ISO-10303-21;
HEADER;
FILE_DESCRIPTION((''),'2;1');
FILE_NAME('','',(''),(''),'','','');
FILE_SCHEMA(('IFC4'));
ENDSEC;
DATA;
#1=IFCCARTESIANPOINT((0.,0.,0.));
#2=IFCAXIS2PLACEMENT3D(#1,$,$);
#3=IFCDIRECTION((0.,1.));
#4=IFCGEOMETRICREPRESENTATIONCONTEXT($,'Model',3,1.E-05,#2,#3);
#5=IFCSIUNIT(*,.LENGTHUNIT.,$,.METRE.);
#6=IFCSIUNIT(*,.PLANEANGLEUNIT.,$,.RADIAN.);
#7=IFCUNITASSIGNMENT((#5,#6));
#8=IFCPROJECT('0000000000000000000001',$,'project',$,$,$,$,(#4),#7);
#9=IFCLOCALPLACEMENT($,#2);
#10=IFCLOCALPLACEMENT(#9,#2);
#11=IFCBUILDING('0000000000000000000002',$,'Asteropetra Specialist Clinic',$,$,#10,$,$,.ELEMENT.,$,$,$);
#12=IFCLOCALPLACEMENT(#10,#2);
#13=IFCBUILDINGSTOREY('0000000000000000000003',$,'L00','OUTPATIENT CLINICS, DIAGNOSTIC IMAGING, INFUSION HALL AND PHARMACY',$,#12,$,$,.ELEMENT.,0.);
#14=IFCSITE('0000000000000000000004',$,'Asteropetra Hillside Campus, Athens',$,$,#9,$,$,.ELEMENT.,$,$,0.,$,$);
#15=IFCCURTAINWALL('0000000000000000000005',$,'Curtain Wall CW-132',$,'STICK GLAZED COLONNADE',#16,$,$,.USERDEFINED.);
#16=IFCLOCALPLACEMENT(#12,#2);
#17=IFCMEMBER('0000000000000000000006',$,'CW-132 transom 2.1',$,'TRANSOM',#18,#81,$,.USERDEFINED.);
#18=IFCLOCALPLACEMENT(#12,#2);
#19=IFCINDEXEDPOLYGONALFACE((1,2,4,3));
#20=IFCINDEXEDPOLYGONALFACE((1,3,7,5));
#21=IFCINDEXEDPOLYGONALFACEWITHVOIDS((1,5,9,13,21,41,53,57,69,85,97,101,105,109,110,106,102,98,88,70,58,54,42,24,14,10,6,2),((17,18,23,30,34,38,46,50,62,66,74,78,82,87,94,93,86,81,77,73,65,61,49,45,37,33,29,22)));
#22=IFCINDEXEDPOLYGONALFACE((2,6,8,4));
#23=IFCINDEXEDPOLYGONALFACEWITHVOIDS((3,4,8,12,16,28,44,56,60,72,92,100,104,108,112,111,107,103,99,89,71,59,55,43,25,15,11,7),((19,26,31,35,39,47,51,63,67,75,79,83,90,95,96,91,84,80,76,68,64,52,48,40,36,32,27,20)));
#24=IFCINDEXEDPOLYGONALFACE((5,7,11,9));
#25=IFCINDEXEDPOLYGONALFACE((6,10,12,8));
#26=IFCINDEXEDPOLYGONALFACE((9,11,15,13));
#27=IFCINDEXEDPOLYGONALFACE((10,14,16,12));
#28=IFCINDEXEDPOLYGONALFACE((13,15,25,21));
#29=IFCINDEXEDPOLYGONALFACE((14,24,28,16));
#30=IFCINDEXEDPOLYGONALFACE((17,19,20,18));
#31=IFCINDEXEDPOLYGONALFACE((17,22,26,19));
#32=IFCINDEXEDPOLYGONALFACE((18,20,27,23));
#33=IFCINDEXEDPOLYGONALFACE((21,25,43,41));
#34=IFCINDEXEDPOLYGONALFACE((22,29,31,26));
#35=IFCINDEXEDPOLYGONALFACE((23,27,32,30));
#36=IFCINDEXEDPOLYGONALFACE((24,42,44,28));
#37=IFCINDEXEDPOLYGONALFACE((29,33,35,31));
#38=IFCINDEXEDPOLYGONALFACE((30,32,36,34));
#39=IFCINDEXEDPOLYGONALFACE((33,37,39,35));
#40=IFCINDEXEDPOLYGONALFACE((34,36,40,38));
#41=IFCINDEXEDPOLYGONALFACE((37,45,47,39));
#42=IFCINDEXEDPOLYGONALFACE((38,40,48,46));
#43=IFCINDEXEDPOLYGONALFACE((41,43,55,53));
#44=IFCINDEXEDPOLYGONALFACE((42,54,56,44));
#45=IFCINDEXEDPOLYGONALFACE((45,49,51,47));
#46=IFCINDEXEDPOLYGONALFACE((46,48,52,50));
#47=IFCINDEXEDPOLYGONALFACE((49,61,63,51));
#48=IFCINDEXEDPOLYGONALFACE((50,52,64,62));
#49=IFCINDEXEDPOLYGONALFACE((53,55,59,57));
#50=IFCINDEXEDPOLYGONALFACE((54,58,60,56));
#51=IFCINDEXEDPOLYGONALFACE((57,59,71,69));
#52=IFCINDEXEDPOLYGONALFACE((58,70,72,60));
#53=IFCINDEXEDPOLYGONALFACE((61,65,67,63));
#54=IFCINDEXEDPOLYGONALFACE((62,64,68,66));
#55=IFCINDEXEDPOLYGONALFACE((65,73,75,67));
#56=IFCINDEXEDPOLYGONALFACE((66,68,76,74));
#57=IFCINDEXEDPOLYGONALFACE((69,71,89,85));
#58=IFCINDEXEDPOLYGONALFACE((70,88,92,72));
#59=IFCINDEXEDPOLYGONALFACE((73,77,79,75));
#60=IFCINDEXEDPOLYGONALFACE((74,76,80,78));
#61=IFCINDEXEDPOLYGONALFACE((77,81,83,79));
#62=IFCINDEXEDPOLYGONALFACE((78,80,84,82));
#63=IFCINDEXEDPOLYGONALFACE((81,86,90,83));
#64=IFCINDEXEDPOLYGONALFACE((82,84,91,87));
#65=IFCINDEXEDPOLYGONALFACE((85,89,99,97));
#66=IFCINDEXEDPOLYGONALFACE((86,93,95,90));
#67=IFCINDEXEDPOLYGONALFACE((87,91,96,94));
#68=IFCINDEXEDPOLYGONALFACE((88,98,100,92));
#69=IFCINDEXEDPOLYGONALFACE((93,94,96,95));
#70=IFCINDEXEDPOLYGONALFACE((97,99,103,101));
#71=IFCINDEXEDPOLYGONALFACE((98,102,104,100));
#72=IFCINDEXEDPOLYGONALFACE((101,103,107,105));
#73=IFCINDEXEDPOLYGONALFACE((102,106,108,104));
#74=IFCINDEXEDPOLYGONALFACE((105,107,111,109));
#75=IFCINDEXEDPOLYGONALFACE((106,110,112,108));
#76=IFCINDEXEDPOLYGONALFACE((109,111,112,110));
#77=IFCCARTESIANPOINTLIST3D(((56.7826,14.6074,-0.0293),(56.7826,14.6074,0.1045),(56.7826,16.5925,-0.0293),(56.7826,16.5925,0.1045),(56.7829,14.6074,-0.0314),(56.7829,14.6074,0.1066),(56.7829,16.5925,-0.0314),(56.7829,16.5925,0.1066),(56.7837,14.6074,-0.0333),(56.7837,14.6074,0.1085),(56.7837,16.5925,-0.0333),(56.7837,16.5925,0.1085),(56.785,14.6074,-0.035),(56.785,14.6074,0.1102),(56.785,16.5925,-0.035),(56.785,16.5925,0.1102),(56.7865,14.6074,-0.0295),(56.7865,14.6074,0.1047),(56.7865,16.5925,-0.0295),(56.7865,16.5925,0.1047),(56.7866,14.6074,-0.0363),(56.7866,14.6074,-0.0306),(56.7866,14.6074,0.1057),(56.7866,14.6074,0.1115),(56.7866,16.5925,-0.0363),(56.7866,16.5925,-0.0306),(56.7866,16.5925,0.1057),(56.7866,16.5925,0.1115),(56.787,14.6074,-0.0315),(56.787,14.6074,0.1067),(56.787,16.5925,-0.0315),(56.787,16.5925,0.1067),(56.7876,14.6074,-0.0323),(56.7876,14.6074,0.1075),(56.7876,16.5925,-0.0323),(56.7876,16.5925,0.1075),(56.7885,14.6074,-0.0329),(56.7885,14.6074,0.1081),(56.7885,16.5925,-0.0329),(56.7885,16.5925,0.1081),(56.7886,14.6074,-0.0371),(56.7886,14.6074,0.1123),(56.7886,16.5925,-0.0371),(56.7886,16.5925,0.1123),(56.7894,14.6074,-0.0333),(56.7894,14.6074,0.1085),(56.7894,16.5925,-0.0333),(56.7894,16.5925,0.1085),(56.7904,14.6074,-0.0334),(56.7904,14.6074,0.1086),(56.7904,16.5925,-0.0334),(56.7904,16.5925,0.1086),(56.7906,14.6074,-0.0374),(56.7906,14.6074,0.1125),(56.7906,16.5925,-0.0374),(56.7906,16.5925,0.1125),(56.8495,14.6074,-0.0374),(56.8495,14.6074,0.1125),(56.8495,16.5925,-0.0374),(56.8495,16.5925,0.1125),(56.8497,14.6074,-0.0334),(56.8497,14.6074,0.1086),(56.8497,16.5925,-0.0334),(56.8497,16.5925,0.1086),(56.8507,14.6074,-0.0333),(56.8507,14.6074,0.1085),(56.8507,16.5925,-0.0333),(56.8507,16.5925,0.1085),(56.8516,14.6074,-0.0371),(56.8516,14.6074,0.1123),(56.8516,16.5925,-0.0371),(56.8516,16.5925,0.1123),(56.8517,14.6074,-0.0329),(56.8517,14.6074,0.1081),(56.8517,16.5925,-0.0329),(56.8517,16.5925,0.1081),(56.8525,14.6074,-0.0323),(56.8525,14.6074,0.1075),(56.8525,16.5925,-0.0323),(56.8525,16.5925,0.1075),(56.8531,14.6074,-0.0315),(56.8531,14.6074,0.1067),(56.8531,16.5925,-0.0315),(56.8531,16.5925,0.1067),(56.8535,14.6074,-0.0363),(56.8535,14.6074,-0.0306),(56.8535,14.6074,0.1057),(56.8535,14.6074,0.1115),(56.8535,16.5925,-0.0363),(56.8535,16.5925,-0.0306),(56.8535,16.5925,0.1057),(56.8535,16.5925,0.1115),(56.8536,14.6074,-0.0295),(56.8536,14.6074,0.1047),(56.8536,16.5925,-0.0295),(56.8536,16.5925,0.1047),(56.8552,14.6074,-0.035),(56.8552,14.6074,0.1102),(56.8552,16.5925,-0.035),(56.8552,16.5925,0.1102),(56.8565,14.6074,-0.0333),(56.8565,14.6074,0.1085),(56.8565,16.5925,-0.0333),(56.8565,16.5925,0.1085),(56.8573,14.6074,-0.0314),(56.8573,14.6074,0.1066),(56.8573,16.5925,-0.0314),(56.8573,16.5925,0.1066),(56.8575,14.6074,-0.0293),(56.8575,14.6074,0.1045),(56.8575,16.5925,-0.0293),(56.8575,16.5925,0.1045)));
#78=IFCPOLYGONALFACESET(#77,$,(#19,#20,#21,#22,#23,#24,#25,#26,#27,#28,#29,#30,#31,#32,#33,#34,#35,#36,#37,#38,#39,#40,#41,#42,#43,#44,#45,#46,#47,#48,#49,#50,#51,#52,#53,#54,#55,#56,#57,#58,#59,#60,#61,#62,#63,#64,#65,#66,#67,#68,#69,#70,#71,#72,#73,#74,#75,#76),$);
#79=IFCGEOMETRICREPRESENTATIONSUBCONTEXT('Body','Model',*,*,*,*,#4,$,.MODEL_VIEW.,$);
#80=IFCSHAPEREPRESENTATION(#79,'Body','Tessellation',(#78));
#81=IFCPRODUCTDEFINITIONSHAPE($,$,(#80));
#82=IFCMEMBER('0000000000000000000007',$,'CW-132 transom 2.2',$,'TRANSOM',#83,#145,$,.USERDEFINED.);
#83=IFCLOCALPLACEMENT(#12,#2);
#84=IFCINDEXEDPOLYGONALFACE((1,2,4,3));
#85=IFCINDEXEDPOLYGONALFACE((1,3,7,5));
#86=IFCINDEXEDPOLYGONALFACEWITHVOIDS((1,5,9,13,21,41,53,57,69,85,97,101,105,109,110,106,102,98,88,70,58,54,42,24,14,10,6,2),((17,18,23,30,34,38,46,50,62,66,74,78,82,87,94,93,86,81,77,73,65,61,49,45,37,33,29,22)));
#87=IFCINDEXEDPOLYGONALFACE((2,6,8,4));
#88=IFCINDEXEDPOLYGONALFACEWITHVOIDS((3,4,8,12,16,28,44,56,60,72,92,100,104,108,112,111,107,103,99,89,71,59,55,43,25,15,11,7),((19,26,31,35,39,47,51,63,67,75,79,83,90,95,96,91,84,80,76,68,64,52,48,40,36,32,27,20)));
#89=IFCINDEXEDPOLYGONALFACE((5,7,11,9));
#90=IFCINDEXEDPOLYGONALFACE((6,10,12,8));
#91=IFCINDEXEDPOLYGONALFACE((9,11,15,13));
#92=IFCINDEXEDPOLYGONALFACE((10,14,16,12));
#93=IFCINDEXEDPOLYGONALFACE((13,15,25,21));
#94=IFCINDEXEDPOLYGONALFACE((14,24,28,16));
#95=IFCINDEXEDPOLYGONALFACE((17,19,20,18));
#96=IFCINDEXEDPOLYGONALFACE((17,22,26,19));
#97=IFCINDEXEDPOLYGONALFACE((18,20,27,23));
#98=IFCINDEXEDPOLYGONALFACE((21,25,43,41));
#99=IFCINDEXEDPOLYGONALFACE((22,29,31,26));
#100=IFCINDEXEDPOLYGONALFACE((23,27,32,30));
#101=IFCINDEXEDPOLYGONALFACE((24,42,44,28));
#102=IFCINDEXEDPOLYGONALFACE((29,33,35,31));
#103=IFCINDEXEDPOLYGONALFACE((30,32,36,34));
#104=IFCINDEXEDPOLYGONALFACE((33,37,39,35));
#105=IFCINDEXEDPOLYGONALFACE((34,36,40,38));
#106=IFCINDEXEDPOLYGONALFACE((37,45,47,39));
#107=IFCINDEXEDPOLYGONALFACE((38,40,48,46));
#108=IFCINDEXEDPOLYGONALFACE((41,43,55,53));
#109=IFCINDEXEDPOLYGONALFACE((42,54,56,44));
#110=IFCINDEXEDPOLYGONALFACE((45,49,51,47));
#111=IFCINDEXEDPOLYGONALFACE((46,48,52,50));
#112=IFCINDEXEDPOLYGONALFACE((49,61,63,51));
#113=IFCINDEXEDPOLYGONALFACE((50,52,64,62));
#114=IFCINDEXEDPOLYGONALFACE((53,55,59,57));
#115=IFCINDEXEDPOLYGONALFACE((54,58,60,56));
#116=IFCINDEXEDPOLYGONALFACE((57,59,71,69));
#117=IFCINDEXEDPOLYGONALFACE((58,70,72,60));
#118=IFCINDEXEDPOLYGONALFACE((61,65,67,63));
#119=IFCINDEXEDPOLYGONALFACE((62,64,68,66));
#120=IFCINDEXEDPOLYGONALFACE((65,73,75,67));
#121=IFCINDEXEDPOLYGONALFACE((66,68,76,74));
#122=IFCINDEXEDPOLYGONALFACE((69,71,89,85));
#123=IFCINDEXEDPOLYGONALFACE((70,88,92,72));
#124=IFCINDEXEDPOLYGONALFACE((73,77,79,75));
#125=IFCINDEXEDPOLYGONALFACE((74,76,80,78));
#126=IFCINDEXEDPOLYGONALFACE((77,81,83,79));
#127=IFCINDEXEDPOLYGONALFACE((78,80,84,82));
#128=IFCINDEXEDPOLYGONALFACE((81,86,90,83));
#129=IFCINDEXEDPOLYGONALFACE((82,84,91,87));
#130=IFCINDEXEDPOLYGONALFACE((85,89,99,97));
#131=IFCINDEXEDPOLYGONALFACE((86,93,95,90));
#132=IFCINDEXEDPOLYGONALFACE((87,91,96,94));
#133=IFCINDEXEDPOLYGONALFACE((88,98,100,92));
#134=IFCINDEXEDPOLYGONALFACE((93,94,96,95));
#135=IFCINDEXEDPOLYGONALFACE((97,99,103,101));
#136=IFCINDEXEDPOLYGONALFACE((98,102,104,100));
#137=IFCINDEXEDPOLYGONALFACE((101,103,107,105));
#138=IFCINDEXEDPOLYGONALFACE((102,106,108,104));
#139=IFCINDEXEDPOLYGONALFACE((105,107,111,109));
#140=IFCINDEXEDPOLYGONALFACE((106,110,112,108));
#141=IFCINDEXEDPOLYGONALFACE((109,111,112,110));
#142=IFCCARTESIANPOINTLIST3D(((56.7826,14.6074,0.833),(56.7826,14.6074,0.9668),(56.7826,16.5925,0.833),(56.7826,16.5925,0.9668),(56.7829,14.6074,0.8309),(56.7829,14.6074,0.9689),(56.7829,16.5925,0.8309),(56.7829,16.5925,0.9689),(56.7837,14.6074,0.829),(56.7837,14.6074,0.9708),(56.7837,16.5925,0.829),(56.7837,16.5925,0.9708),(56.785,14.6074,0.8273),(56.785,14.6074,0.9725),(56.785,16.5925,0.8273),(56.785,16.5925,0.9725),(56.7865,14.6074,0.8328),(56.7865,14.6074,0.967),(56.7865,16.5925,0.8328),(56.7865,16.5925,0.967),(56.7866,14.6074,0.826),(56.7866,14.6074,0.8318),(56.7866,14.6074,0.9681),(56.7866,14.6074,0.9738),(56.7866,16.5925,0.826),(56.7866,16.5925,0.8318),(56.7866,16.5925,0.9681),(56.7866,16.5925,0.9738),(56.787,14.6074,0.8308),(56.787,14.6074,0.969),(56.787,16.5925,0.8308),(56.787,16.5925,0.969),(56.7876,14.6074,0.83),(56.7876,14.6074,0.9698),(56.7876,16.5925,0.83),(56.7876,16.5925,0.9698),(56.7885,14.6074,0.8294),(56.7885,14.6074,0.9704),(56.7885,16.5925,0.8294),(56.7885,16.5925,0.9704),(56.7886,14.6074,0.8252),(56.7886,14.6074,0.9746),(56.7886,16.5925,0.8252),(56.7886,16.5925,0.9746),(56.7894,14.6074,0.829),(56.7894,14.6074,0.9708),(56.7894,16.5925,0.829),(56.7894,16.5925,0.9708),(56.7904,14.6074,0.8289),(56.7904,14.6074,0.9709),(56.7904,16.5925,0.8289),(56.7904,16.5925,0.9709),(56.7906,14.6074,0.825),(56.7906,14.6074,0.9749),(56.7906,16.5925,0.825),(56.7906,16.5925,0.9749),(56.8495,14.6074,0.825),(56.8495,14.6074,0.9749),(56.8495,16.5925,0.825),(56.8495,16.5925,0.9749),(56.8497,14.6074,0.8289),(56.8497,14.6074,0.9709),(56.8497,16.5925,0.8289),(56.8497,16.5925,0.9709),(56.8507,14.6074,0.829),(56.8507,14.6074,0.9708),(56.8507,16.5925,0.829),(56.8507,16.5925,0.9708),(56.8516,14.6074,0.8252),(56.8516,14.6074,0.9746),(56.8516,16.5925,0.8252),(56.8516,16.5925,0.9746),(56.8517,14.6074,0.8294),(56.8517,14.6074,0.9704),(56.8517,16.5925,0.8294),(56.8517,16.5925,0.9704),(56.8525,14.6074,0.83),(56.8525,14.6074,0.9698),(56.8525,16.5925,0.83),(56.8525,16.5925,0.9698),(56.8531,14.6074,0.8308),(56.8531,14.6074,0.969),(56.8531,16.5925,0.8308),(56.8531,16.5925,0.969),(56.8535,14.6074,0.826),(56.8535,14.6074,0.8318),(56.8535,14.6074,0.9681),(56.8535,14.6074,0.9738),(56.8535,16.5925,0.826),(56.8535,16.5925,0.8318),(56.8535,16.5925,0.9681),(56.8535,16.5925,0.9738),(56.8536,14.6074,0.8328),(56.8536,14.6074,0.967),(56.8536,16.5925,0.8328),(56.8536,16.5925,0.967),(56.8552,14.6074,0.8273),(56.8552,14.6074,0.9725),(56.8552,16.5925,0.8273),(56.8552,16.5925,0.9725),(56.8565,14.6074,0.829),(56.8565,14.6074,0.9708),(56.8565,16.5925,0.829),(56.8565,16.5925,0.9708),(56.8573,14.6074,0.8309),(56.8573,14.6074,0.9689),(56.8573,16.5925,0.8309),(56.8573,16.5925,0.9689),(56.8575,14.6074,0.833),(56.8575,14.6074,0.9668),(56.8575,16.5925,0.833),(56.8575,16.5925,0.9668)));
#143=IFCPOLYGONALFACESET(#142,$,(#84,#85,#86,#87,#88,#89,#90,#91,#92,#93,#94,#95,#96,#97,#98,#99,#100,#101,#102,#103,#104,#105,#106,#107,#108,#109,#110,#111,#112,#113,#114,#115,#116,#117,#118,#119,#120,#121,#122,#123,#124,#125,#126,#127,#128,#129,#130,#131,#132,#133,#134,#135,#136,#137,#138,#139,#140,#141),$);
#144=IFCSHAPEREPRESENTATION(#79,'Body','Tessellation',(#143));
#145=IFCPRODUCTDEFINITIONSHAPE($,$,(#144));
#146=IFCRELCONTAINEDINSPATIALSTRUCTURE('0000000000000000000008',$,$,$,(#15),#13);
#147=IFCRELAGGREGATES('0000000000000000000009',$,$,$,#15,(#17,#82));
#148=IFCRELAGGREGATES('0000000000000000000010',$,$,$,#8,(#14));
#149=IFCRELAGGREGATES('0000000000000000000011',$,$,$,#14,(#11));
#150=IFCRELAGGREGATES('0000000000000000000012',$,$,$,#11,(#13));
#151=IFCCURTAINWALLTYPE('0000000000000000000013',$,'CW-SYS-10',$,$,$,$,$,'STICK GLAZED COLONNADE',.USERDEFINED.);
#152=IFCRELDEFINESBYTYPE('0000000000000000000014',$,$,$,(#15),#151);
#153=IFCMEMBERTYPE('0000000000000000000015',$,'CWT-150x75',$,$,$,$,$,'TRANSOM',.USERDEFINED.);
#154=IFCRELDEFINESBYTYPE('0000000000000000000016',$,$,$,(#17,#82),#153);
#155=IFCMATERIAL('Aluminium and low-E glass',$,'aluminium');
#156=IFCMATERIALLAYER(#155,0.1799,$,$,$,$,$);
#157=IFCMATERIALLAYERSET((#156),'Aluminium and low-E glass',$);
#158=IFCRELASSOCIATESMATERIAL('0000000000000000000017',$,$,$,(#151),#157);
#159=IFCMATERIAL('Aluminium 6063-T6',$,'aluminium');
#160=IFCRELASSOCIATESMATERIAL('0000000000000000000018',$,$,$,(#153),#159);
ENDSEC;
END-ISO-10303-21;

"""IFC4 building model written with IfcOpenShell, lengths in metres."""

from ifc_helpers import new_model, si_unit, direction, frame, origin, origin_2d, place, context, subcontext, project, spatial, hollow_rectangle, extrude, material, layer, layer_set, material_profile, profile_set, type_object, element, aggregate, save


model = new_model("IFC4")

# Units and contexts
model_context = context("Model", 3, precision=1e-05, world=origin(), true_north=direction((0.0, 1.0)))
body_context = subcontext(model_context, "Body", "Model", "MODEL_VIEW")
ifc_project = project(units=[si_unit("LENGTHUNIT", "METRE"), si_unit("PLANEANGLEUNIT", "RADIAN")], contexts=[model_context])

# Site, building, storey
site_placement = place(None, origin())
site = spatial("IfcSite", under=ifc_project, at=site_placement, Name="Asteropetra Hillside Campus, Athens", CompositionType="ELEMENT", RefElevation=0.0)
building_placement = place(site_placement, origin())
building = spatial("IfcBuilding", under=site, at=building_placement, Name="Asteropetra Specialist Clinic", CompositionType="ELEMENT")
storey_placement = place(building_placement, origin())
storey = spatial("IfcBuildingStorey", under=building, at=storey_placement, Name="L00", Description="OUTPATIENT CLINICS, DIAGNOSTIC IMAGING, INFUSION HALL AND PHARMACY", CompositionType="ELEMENT", Elevation=0.0)

# Curtain wall, members
ifc_material_1 = material(Name="Aluminium and low-E glass", Category="aluminium")
ifc_layer_1 = layer(ifc_material_1, 0.1799)
ifc_layer_set_1 = layer_set([ifc_layer_1], Name="Aluminium and low-E glass")
curtain_wall_type = type_object("IfcCurtainWallType", Name="CW-SYS-10", ElementType="STICK GLAZED COLONNADE", PredefinedType="USERDEFINED", material=ifc_layer_set_1)
curtain_wall_placement = place(storey_placement, origin())
curtain_wall = element("IfcCurtainWall", 1, at=curtain_wall_placement, inside=storey, type_object=curtain_wall_type, Name="Curtain Wall CW-132", ObjectType="STICK GLAZED COLONNADE", PredefinedType="USERDEFINED")
ifc_material_2 = material(Name="Aluminium 6063-T6", Category="aluminium")
ifc_material_profile_1 = material_profile(ifc_material_2, hollow_rectangle(XDim=0.075, YDim=0.1499, WallThickness=0.0039, InnerFilletRadius=0.0039, OuterFilletRadius=0.0081, at=origin_2d()), Name="TRN 150x75x4.0")
ifc_profile_set_1 = profile_set([ifc_material_profile_1], Name="Aluminium 6063-T6")
member_type_1 = type_object("IfcMemberType", Name="CWT-150x75", ElementType="TRANSOM", PredefinedType="USERDEFINED", material=ifc_profile_set_1)
member_1_placement = place(storey_placement, frame((56.8201, 14.6074, 0.0376), z_axis=(0.0, 1.0, 0.0), x_axis=(-1.0, 0.0, 0.0)))
member_1 = element("IfcMember", 2, at=member_1_placement, type_object=member_type_1, Name="CW-132 transom 2.1", ObjectType="TRANSOM", PredefinedType="USERDEFINED", context=body_context, shape_type="SweptSolid", body=[
    extrude(hollow_rectangle(XDim=0.075, YDim=0.1499, WallThickness=0.0039, InnerFilletRadius=0.0039, OuterFilletRadius=0.0081, at=origin_2d()), origin(), (0.0, 0.0, 1.0), 1.9851),
])
member_2_placement = place(storey_placement, frame((56.8201, 14.6074, 0.8999), z_axis=(0.0, 1.0, 0.0), x_axis=(-1.0, 0.0, 0.0)))
member_2 = element("IfcMember", 3, at=member_2_placement, type_object=member_type_1, Name="CW-132 transom 2.2", ObjectType="TRANSOM", PredefinedType="USERDEFINED", context=body_context, shape_type="SweptSolid", body=[
    extrude(hollow_rectangle(XDim=0.075, YDim=0.1499, WallThickness=0.0039, InnerFilletRadius=0.0039, OuterFilletRadius=0.0081, at=origin_2d()), origin(), (0.0, 0.0, 1.0), 1.9851),
])

aggregate(curtain_wall, [member_1, member_2])

save(model, "model.ifc")
